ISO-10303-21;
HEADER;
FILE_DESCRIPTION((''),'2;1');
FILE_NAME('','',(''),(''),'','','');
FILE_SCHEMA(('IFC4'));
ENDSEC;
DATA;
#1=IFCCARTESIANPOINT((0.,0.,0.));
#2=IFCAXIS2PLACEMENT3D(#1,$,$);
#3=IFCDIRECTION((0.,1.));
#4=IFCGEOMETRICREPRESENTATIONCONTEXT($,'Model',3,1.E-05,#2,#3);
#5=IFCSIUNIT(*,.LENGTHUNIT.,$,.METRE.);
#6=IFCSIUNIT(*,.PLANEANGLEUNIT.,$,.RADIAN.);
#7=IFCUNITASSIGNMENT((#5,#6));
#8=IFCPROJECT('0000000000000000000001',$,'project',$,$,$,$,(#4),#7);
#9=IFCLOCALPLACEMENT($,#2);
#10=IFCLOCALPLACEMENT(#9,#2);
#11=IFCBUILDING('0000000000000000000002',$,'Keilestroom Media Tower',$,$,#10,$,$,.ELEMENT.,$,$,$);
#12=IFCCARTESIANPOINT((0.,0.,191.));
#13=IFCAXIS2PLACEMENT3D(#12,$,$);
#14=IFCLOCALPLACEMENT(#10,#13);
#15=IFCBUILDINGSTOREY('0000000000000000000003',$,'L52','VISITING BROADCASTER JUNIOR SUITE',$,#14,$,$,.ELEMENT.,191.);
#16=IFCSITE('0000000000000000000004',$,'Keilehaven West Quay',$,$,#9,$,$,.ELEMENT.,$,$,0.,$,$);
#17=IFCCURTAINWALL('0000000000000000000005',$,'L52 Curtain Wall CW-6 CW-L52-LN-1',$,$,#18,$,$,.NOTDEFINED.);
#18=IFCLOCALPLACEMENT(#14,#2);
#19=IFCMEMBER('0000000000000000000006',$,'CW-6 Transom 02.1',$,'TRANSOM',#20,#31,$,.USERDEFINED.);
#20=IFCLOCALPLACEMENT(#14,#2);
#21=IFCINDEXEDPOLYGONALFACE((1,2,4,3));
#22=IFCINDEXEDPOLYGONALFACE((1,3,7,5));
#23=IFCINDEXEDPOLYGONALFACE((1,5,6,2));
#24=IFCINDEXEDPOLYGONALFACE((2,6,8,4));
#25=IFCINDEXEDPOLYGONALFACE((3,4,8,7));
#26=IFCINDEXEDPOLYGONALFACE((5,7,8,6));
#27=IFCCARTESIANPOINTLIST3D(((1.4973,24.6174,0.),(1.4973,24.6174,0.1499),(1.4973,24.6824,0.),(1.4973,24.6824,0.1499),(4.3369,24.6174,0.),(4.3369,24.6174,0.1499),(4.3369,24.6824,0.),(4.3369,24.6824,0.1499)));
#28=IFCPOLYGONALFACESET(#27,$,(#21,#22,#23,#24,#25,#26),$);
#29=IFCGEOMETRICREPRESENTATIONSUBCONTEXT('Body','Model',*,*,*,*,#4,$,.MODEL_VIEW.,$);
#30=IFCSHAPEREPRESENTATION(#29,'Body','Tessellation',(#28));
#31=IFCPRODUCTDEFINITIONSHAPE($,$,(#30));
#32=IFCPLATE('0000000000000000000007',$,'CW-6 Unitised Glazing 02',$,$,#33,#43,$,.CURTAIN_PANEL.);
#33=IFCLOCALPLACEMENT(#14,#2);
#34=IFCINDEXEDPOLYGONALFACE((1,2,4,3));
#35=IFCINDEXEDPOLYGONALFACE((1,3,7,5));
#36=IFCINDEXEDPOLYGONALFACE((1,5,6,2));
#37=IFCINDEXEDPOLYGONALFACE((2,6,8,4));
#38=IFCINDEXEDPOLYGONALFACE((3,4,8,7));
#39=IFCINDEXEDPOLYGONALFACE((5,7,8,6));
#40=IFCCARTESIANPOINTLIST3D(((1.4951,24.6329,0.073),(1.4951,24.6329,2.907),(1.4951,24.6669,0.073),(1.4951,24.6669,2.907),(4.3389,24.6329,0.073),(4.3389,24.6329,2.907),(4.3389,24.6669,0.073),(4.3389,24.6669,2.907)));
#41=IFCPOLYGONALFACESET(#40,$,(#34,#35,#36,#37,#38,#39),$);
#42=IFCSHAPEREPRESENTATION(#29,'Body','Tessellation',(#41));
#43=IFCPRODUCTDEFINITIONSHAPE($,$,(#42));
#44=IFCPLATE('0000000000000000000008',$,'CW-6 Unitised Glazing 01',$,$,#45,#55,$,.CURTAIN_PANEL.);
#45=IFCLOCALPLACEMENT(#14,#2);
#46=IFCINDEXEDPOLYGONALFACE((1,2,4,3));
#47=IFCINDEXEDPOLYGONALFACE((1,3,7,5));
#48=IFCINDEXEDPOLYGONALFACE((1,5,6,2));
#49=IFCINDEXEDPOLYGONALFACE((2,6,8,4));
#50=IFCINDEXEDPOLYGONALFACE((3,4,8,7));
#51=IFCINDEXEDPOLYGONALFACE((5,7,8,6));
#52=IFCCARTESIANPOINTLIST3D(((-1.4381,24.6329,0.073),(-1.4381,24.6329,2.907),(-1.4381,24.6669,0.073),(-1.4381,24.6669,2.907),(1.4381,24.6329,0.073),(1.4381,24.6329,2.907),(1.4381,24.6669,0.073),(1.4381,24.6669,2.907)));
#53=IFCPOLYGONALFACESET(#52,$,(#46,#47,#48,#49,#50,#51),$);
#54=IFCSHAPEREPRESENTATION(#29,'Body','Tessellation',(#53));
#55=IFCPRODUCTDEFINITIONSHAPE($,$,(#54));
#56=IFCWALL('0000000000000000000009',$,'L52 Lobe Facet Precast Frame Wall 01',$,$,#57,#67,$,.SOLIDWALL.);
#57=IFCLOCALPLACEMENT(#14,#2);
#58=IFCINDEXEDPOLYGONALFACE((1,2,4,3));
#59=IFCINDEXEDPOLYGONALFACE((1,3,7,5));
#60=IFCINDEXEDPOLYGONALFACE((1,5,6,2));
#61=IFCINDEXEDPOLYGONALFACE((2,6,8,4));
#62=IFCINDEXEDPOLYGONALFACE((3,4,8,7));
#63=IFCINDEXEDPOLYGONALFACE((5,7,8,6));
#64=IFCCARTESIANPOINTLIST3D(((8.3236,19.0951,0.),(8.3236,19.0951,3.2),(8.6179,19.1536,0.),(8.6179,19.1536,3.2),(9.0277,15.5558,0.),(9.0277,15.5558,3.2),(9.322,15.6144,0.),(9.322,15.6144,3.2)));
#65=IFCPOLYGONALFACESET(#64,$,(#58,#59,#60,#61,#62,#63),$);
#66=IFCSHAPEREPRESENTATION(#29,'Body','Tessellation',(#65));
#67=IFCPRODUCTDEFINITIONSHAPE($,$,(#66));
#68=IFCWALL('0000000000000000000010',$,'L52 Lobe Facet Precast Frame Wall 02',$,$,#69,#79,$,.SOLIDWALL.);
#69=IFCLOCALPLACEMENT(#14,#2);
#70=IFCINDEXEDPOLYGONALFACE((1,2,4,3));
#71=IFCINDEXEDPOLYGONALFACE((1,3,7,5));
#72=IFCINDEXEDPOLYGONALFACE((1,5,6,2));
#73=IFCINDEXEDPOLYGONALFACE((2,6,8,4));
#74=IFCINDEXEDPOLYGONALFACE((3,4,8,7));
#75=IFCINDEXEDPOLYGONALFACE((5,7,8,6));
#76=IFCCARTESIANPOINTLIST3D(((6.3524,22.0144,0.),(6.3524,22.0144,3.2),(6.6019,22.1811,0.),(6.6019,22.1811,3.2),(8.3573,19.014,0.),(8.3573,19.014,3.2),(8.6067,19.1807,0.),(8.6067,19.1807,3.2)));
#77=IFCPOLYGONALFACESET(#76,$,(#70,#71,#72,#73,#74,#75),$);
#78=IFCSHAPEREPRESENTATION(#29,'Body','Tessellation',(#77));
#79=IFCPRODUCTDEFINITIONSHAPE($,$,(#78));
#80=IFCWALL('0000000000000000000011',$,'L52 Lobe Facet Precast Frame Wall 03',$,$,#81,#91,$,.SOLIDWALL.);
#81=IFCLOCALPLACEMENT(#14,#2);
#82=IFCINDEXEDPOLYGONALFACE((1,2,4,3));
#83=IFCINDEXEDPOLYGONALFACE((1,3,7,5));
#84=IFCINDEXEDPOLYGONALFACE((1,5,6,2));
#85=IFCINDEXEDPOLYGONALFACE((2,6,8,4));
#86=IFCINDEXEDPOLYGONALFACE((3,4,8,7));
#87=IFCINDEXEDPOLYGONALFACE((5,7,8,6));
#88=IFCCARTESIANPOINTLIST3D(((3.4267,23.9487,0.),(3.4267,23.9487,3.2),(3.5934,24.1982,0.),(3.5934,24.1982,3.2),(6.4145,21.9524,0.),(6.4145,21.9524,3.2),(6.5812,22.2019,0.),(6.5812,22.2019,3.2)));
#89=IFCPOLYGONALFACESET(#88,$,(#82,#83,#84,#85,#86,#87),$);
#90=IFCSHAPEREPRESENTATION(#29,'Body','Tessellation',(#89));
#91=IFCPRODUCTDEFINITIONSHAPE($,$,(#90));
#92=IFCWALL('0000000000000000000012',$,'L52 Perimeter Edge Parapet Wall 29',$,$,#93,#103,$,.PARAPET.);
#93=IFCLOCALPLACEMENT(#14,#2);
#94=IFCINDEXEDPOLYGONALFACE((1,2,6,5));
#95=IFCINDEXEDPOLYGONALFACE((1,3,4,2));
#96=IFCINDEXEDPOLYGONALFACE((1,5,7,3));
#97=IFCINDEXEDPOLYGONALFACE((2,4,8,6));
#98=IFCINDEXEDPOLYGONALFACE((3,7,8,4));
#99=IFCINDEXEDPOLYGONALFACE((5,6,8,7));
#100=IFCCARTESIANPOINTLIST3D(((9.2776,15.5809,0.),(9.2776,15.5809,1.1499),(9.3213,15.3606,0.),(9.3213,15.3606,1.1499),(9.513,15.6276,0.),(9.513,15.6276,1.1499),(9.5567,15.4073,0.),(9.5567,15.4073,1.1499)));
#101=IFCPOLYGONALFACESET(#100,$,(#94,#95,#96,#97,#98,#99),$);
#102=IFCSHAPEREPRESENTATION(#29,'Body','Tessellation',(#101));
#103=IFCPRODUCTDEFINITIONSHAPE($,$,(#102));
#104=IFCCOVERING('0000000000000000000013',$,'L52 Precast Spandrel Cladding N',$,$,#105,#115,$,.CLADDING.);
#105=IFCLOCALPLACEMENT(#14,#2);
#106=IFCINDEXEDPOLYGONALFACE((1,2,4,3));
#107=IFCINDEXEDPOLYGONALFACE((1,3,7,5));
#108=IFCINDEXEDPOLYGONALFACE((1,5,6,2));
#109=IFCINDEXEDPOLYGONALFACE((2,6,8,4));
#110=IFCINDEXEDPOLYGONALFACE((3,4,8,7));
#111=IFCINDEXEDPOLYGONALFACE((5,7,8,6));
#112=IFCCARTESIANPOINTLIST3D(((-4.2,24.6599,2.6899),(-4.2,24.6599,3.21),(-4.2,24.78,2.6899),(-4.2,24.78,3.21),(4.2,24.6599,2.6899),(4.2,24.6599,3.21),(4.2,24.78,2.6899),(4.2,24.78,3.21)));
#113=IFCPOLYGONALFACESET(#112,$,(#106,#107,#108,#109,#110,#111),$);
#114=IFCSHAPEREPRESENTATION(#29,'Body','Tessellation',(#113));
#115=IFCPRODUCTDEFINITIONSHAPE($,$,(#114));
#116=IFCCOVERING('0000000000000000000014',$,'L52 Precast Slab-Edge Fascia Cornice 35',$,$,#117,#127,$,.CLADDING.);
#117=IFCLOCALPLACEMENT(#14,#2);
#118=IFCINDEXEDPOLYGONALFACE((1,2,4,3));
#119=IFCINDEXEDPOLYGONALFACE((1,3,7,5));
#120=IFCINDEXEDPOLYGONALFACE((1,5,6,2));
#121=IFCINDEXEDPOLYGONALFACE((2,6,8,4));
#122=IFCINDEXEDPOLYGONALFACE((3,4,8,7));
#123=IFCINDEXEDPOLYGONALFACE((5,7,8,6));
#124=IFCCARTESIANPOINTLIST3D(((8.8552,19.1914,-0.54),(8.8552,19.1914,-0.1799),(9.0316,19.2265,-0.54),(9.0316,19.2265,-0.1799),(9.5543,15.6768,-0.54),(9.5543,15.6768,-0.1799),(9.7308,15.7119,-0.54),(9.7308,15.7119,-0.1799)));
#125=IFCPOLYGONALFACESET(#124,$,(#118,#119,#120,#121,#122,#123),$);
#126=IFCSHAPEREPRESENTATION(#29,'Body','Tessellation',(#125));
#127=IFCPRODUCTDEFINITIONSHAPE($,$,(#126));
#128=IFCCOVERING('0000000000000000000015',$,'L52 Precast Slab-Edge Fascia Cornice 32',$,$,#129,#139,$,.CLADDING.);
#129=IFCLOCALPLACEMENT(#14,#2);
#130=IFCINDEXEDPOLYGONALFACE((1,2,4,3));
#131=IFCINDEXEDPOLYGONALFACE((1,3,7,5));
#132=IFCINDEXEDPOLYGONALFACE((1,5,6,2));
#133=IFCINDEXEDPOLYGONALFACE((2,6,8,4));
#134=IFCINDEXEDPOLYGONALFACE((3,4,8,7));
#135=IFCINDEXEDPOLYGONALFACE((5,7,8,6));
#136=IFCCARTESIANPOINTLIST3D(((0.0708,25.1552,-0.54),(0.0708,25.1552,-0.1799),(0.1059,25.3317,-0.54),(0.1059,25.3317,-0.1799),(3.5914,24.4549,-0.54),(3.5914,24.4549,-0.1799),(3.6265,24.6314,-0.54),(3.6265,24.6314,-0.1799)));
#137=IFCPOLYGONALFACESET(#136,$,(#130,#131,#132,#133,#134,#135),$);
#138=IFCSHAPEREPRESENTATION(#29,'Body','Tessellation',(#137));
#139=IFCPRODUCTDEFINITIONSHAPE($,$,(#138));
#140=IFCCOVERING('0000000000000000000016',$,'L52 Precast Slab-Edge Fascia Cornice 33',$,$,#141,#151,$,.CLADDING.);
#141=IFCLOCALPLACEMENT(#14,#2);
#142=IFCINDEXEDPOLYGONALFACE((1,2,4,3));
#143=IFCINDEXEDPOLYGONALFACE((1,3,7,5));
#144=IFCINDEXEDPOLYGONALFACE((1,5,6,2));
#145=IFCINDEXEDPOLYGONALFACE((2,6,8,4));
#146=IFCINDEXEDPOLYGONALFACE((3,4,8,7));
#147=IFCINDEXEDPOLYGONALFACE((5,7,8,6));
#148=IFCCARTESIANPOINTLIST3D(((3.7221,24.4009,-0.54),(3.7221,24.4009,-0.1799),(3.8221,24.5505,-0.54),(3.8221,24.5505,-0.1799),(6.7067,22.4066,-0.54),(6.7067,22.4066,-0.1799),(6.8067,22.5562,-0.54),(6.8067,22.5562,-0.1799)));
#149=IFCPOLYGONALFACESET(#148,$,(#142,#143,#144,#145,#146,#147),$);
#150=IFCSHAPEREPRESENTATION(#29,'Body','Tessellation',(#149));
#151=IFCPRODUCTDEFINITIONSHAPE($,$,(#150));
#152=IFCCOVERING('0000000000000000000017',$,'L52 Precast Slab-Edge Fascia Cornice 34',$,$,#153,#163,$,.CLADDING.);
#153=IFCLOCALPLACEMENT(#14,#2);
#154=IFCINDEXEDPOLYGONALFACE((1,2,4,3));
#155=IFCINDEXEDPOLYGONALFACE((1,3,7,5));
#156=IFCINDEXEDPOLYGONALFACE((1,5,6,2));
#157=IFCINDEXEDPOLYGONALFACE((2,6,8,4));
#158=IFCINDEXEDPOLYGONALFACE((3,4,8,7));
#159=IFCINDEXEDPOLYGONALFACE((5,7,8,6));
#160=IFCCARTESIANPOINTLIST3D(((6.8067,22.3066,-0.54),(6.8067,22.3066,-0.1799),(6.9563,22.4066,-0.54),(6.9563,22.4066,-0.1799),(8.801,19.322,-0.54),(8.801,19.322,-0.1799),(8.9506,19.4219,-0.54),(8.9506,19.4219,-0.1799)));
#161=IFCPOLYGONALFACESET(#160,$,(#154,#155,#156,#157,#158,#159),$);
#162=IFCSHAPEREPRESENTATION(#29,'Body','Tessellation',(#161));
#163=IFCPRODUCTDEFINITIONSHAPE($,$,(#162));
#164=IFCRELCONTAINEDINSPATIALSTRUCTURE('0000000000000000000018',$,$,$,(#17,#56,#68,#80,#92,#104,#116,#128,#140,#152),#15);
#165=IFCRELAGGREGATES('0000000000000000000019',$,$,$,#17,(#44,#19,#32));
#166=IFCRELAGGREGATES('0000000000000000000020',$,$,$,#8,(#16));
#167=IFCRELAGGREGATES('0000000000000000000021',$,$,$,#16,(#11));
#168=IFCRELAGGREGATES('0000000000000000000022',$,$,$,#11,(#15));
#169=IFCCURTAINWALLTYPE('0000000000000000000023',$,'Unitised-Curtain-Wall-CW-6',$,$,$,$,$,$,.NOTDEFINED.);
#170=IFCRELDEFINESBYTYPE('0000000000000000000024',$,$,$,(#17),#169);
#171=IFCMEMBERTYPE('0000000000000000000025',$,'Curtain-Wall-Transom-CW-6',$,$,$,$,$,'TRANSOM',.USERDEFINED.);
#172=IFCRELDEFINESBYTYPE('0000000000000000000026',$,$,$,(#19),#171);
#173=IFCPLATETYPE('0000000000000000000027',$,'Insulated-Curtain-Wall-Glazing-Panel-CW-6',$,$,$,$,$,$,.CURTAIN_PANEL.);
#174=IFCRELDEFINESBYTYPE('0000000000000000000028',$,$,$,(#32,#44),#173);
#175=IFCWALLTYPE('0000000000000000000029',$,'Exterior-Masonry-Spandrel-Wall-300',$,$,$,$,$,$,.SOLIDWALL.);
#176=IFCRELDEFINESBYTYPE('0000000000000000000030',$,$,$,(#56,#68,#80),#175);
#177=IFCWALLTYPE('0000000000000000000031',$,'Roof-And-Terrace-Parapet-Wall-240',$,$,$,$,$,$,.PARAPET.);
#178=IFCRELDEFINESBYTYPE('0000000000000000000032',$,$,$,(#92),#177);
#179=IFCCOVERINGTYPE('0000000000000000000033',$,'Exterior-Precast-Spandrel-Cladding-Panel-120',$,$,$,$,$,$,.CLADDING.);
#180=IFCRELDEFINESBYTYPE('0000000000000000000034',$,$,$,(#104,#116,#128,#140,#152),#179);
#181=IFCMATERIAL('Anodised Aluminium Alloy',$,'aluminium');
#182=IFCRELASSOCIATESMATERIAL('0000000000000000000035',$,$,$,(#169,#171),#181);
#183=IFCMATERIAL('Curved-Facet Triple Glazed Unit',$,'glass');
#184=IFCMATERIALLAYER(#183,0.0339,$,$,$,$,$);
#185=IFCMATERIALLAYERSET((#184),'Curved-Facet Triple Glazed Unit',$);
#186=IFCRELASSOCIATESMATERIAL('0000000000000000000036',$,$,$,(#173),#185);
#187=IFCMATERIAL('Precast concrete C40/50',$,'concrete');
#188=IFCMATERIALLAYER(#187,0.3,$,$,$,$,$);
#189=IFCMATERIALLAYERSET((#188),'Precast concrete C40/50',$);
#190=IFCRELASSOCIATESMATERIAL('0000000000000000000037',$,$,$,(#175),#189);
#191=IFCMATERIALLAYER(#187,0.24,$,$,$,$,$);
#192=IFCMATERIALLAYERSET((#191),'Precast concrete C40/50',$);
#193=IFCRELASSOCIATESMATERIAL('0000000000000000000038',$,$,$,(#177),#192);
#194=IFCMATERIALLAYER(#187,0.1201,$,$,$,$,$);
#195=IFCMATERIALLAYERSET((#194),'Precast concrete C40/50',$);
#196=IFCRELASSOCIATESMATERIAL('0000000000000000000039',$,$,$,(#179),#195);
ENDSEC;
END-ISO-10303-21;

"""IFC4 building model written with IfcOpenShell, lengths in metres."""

from ifc_helpers import new_model, si_unit, direction, frame, frame_2d, origin, origin_2d, place, context, subcontext, project, spatial, rectangle, extrude, source, transform, mapped, material, layer, layer_set, material_profile, profile_set, type_object, element, aggregate, save


model = new_model("IFC4")

# Units and contexts
model_context = context("Model", 3, precision=1e-05, world=origin(), true_north=direction((0.0, 1.0)))
body_context = subcontext(model_context, "Body", "Model", "MODEL_VIEW")
ifc_project = project(units=[si_unit("LENGTHUNIT", "METRE"), si_unit("PLANEANGLEUNIT", "RADIAN")], contexts=[model_context])

# Site, building, storey
site_placement = place(None, origin())
site = spatial("IfcSite", under=ifc_project, at=site_placement, Name="Keilehaven West Quay", CompositionType="ELEMENT", RefElevation=0.0)
building_placement = place(site_placement, origin())
building = spatial("IfcBuilding", under=site, at=building_placement, Name="Keilestroom Media Tower", CompositionType="ELEMENT")
storey_placement = place(building_placement, frame((0.0, 0.0, 191.0)))
storey = spatial("IfcBuildingStorey", under=building, at=storey_placement, Name="L52", Description="VISITING BROADCASTER JUNIOR SUITE", CompositionType="ELEMENT", Elevation=191.0)

# Curtain wall, member, plates
ifc_material_1 = material(Name="Anodised Aluminium Alloy", Category="aluminium")
curtain_wall_type = type_object("IfcCurtainWallType", Name="Unitised-Curtain-Wall-CW-6", PredefinedType="NOTDEFINED", material=ifc_material_1)
curtain_wall_placement = place(storey_placement, origin())
curtain_wall = element("IfcCurtainWall", 1, at=curtain_wall_placement, inside=storey, type_object=curtain_wall_type, Name="L52 Curtain Wall CW-6 CW-L52-LN-1", PredefinedType="NOTDEFINED")
ifc_material_profile_1 = material_profile(ifc_material_1, rectangle(XDim=0.0649, YDim=0.1499, at=origin_2d()), Name="ALU TRANSOM 65x150")
ifc_profile_set_1 = profile_set([ifc_material_profile_1], Name="Anodised Aluminium Alloy")
member_type_1 = type_object("IfcMemberType", Name="Curtain-Wall-Transom-CW-6", ElementType="TRANSOM", PredefinedType="USERDEFINED", material=ifc_profile_set_1)
shared_shape_1 = source(origin(), body_context, "Body", "SweptSolid", [
    extrude(rectangle(XDim=0.0649, YDim=0.1499, at=origin_2d()), origin(), (0.0, 0.0, 1.0), 2.8396),
])
member_1_placement = place(storey_placement, frame((1.4973, 24.6499, 0.075), z_axis=(1.0, 0.0, 0.0), x_axis=(0.0, 1.0, 0.0)))
member_1 = element("IfcMember", 2, at=member_1_placement, type_object=member_type_1, Name="CW-6 Transom 02.1", ObjectType="TRANSOM", PredefinedType="USERDEFINED", context=body_context, shape_type="MappedRepresentation", body=[
    mapped(shared_shape_1, transform((0.0, 0.0, 0.0), x_axis=(1.0, 0.0, 0.0), y_axis=(0.0, 1.0, 0.0), z_axis=(0.0, 0.0, 1.0), scale=1.0)),
])
ifc_material_2 = material(Name="Curved-Facet Triple Glazed Unit", Category="glass")
ifc_layer_1 = layer(ifc_material_2, 0.0339)
ifc_layer_set_1 = layer_set([ifc_layer_1], Name="Curved-Facet Triple Glazed Unit")
plate_type = type_object("IfcPlateType", Name="Insulated-Curtain-Wall-Glazing-Panel-CW-6", PredefinedType="CURTAIN_PANEL", material=ifc_layer_set_1)
shared_shape_2 = source(origin(), body_context, "Body", "SweptSolid", [
    extrude(rectangle(XDim=2.8438, YDim=0.0339, at=origin_2d()), origin(), (0.0, 0.0, 1.0), 2.834),
])
plate_1_placement = place(storey_placement, frame((2.917, 24.6499, 0.073), z_axis=(0.0, 0.0, 1.0), x_axis=(1.0, 0.0, 0.0)))
plate_1 = element("IfcPlate", 3, at=plate_1_placement, type_object=plate_type, Name="CW-6 Unitised Glazing 02", PredefinedType="CURTAIN_PANEL", context=body_context, shape_type="MappedRepresentation", body=[
    mapped(shared_shape_2, transform((0.0, 0.0, 0.0), x_axis=(1.0, 0.0, 0.0), y_axis=(0.0, 1.0, 0.0), z_axis=(0.0, 0.0, 1.0), scale=1.0)),
])
shared_shape_3 = source(origin(), body_context, "Body", "SweptSolid", [
    extrude(rectangle(XDim=2.8762, YDim=0.0339, at=origin_2d()), origin(), (0.0, 0.0, 1.0), 2.834),
])
plate_2_placement = place(storey_placement, frame((0.0, 24.6499, 0.073), z_axis=(0.0, 0.0, 1.0), x_axis=(1.0, 0.0, 0.0)))
plate_2 = element("IfcPlate", 4, at=plate_2_placement, type_object=plate_type, Name="CW-6 Unitised Glazing 01", PredefinedType="CURTAIN_PANEL", context=body_context, shape_type="MappedRepresentation", body=[
    mapped(shared_shape_3, transform((0.0, 0.0, 0.0), x_axis=(1.0, 0.0, 0.0), y_axis=(0.0, 1.0, 0.0), z_axis=(0.0, 0.0, 1.0), scale=1.0)),
])
aggregate(curtain_wall, [plate_2, member_1, plate_1])

# Walls
ifc_material_3 = material(Name="Precast concrete C40/50", Category="concrete")
ifc_layer_2 = layer(ifc_material_3, 0.3)
ifc_layer_set_2 = layer_set([ifc_layer_2], Name="Precast concrete C40/50")
wall_type_1 = type_object("IfcWallType", Name="Exterior-Masonry-Spandrel-Wall-300", PredefinedType="SOLIDWALL", material=ifc_layer_set_2)
for number, where, z_axis, x_axis, name in (
    (5, (9.1748, 15.5852, 0.0), (0.0, 0.0, 1.0), (-0.195114, 0.980781, 0.0), "L52 Lobe Facet Precast Frame Wall 01"),
    (6, (8.4819, 19.0974, 0.0), (0.0, 0.0, 1.0), (-0.555574, 0.831467, 0.0), "L52 Lobe Facet Precast Frame Wall 02"),
):
    element("IfcWall", number, at=place(storey_placement, frame(where, z_axis=z_axis, x_axis=x_axis)), inside=storey, type_object=wall_type_1, Name=name, PredefinedType="SOLIDWALL", context=body_context, shape_type="SweptSolid", body=[
        extrude(rectangle(XDim=3.6086, YDim=0.3, at=frame_2d((1.8042, 0.0))), origin(), (0.0, 0.0, 1.0), 3.2),
    ])
wall_1_placement = place(storey_placement, frame((6.4978, 22.0771, 0.0), z_axis=(0.0, 0.0, 1.0), x_axis=(-0.831475, 0.555562, 0.0)))
element("IfcWall", 7, at=wall_1_placement, inside=storey, type_object=wall_type_1, Name="L52 Lobe Facet Precast Frame Wall 03", PredefinedType="SOLIDWALL", context=body_context, shape_type="SweptSolid", body=[
    extrude(rectangle(XDim=3.5933, YDim=0.3, at=frame_2d((1.7966, 0.0))), origin(), (0.0, 0.0, 1.0), 3.2),
])
ifc_layer_3 = layer(ifc_material_3, 0.24)
ifc_layer_set_3 = layer_set([ifc_layer_3], Name="Precast concrete C40/50")
wall_type_2 = type_object("IfcWallType", Name="Roof-And-Terrace-Parapet-Wall-240", PredefinedType="PARAPET", material=ifc_layer_set_3)
wall_2_placement = place(storey_placement, frame((9.3953, 15.6042, 0.0), z_axis=(0.0, 0.0, 1.0), x_axis=(0.194652, -0.980872, 0.0)))
element("IfcWall", 8, at=wall_2_placement, inside=storey, type_object=wall_type_2, Name="L52 Perimeter Edge Parapet Wall 29", PredefinedType="PARAPET", context=body_context, shape_type="SweptSolid", body=[
    extrude(rectangle(XDim=0.2246, YDim=0.24, at=frame_2d((0.1123, 0.0))), origin(), (0.0, 0.0, 1.0), 1.1499),
])

# Coverings
ifc_layer_4 = layer(ifc_material_3, 0.1201)
ifc_layer_set_4 = layer_set([ifc_layer_4], Name="Precast concrete C40/50")
covering_type = type_object("IfcCoveringType", Name="Exterior-Precast-Spandrel-Cladding-Panel-120", PredefinedType="CLADDING", material=ifc_layer_set_4)
shared_shape_4 = source(origin(), body_context, "Body", "SweptSolid", [
    extrude(rectangle(XDim=8.3999, YDim=0.1201, at=origin_2d()), origin(), (0.0, 0.0, 1.0), 0.52),
])
covering_1_placement = place(storey_placement, frame((0.0, 24.72, 2.6899), z_axis=(0.0, 0.0, 1.0), x_axis=(1.0, 0.0, 0.0)))
element("IfcCovering", 9, at=covering_1_placement, inside=storey, type_object=covering_type, Name="L52 Precast Spandrel Cladding N", PredefinedType="CLADDING", context=body_context, shape_type="MappedRepresentation", body=[
    mapped(shared_shape_4, transform((0.0, 0.0, 0.0), x_axis=(1.0, 0.0, 0.0), y_axis=(0.0, 1.0, 0.0), z_axis=(0.0, 0.0, 1.0), scale=1.0)),
])
shared_shape_5 = source(origin(), body_context, "Body", "SweptSolid", [
    extrude(rectangle(XDim=3.5835, YDim=0.1799, at=origin_2d()), origin(), (0.0, 0.0, 1.0), 0.3601),
])
covering_2_placement = place(storey_placement, frame((9.293, 17.4517, -0.54), z_axis=(0.0, 0.0, 1.0), x_axis=(0.195099, -0.980784, 0.0)))
element("IfcCovering", 10, at=covering_2_placement, inside=storey, type_object=covering_type, Name="L52 Precast Slab-Edge Fascia Cornice 35", PredefinedType="CLADDING", context=body_context, shape_type="MappedRepresentation", body=[
    mapped(shared_shape_5, transform((0.0, 0.0, 0.0), x_axis=(1.0, 0.0, 0.0), y_axis=(0.0, 1.0, 0.0), z_axis=(0.0, 0.0, 1.0), scale=1.0)),
])
shared_shape_6 = source(origin(), body_context, "Body", "SweptSolid", [
    extrude(rectangle(XDim=3.5896, YDim=0.1799, at=origin_2d()), origin(), (0.0, 0.0, 1.0), 0.3601),
])
for number, where, z_axis, x_axis, name in (
    (11, (1.8486, 24.8933, -0.54), (0.0, 0.0, 1.0), (0.980784, -0.195099, 0.0), "L52 Precast Slab-Edge Fascia Cornice 32"),
    (12, (5.2644, 23.4785, -0.54), (0.0, 0.0, 1.0), (0.831467, -0.555575, 0.0), "L52 Precast Slab-Edge Fascia Cornice 33"),
    (13, (7.8787, 20.8643, -0.54), (0.0, 0.0, 1.0), (0.555575, -0.831467, 0.0), "L52 Precast Slab-Edge Fascia Cornice 34"),
):
    element("IfcCovering", number, at=place(storey_placement, frame(where, z_axis=z_axis, x_axis=x_axis)), inside=storey, type_object=covering_type, Name=name, PredefinedType="CLADDING", context=body_context, shape_type="MappedRepresentation", body=[
        mapped(shared_shape_6, transform((0.0, 0.0, 0.0), x_axis=(1.0, 0.0, 0.0), y_axis=(0.0, 1.0, 0.0), z_axis=(0.0, 0.0, 1.0), scale=1.0)),
    ])

save(model, "model.ifc")
